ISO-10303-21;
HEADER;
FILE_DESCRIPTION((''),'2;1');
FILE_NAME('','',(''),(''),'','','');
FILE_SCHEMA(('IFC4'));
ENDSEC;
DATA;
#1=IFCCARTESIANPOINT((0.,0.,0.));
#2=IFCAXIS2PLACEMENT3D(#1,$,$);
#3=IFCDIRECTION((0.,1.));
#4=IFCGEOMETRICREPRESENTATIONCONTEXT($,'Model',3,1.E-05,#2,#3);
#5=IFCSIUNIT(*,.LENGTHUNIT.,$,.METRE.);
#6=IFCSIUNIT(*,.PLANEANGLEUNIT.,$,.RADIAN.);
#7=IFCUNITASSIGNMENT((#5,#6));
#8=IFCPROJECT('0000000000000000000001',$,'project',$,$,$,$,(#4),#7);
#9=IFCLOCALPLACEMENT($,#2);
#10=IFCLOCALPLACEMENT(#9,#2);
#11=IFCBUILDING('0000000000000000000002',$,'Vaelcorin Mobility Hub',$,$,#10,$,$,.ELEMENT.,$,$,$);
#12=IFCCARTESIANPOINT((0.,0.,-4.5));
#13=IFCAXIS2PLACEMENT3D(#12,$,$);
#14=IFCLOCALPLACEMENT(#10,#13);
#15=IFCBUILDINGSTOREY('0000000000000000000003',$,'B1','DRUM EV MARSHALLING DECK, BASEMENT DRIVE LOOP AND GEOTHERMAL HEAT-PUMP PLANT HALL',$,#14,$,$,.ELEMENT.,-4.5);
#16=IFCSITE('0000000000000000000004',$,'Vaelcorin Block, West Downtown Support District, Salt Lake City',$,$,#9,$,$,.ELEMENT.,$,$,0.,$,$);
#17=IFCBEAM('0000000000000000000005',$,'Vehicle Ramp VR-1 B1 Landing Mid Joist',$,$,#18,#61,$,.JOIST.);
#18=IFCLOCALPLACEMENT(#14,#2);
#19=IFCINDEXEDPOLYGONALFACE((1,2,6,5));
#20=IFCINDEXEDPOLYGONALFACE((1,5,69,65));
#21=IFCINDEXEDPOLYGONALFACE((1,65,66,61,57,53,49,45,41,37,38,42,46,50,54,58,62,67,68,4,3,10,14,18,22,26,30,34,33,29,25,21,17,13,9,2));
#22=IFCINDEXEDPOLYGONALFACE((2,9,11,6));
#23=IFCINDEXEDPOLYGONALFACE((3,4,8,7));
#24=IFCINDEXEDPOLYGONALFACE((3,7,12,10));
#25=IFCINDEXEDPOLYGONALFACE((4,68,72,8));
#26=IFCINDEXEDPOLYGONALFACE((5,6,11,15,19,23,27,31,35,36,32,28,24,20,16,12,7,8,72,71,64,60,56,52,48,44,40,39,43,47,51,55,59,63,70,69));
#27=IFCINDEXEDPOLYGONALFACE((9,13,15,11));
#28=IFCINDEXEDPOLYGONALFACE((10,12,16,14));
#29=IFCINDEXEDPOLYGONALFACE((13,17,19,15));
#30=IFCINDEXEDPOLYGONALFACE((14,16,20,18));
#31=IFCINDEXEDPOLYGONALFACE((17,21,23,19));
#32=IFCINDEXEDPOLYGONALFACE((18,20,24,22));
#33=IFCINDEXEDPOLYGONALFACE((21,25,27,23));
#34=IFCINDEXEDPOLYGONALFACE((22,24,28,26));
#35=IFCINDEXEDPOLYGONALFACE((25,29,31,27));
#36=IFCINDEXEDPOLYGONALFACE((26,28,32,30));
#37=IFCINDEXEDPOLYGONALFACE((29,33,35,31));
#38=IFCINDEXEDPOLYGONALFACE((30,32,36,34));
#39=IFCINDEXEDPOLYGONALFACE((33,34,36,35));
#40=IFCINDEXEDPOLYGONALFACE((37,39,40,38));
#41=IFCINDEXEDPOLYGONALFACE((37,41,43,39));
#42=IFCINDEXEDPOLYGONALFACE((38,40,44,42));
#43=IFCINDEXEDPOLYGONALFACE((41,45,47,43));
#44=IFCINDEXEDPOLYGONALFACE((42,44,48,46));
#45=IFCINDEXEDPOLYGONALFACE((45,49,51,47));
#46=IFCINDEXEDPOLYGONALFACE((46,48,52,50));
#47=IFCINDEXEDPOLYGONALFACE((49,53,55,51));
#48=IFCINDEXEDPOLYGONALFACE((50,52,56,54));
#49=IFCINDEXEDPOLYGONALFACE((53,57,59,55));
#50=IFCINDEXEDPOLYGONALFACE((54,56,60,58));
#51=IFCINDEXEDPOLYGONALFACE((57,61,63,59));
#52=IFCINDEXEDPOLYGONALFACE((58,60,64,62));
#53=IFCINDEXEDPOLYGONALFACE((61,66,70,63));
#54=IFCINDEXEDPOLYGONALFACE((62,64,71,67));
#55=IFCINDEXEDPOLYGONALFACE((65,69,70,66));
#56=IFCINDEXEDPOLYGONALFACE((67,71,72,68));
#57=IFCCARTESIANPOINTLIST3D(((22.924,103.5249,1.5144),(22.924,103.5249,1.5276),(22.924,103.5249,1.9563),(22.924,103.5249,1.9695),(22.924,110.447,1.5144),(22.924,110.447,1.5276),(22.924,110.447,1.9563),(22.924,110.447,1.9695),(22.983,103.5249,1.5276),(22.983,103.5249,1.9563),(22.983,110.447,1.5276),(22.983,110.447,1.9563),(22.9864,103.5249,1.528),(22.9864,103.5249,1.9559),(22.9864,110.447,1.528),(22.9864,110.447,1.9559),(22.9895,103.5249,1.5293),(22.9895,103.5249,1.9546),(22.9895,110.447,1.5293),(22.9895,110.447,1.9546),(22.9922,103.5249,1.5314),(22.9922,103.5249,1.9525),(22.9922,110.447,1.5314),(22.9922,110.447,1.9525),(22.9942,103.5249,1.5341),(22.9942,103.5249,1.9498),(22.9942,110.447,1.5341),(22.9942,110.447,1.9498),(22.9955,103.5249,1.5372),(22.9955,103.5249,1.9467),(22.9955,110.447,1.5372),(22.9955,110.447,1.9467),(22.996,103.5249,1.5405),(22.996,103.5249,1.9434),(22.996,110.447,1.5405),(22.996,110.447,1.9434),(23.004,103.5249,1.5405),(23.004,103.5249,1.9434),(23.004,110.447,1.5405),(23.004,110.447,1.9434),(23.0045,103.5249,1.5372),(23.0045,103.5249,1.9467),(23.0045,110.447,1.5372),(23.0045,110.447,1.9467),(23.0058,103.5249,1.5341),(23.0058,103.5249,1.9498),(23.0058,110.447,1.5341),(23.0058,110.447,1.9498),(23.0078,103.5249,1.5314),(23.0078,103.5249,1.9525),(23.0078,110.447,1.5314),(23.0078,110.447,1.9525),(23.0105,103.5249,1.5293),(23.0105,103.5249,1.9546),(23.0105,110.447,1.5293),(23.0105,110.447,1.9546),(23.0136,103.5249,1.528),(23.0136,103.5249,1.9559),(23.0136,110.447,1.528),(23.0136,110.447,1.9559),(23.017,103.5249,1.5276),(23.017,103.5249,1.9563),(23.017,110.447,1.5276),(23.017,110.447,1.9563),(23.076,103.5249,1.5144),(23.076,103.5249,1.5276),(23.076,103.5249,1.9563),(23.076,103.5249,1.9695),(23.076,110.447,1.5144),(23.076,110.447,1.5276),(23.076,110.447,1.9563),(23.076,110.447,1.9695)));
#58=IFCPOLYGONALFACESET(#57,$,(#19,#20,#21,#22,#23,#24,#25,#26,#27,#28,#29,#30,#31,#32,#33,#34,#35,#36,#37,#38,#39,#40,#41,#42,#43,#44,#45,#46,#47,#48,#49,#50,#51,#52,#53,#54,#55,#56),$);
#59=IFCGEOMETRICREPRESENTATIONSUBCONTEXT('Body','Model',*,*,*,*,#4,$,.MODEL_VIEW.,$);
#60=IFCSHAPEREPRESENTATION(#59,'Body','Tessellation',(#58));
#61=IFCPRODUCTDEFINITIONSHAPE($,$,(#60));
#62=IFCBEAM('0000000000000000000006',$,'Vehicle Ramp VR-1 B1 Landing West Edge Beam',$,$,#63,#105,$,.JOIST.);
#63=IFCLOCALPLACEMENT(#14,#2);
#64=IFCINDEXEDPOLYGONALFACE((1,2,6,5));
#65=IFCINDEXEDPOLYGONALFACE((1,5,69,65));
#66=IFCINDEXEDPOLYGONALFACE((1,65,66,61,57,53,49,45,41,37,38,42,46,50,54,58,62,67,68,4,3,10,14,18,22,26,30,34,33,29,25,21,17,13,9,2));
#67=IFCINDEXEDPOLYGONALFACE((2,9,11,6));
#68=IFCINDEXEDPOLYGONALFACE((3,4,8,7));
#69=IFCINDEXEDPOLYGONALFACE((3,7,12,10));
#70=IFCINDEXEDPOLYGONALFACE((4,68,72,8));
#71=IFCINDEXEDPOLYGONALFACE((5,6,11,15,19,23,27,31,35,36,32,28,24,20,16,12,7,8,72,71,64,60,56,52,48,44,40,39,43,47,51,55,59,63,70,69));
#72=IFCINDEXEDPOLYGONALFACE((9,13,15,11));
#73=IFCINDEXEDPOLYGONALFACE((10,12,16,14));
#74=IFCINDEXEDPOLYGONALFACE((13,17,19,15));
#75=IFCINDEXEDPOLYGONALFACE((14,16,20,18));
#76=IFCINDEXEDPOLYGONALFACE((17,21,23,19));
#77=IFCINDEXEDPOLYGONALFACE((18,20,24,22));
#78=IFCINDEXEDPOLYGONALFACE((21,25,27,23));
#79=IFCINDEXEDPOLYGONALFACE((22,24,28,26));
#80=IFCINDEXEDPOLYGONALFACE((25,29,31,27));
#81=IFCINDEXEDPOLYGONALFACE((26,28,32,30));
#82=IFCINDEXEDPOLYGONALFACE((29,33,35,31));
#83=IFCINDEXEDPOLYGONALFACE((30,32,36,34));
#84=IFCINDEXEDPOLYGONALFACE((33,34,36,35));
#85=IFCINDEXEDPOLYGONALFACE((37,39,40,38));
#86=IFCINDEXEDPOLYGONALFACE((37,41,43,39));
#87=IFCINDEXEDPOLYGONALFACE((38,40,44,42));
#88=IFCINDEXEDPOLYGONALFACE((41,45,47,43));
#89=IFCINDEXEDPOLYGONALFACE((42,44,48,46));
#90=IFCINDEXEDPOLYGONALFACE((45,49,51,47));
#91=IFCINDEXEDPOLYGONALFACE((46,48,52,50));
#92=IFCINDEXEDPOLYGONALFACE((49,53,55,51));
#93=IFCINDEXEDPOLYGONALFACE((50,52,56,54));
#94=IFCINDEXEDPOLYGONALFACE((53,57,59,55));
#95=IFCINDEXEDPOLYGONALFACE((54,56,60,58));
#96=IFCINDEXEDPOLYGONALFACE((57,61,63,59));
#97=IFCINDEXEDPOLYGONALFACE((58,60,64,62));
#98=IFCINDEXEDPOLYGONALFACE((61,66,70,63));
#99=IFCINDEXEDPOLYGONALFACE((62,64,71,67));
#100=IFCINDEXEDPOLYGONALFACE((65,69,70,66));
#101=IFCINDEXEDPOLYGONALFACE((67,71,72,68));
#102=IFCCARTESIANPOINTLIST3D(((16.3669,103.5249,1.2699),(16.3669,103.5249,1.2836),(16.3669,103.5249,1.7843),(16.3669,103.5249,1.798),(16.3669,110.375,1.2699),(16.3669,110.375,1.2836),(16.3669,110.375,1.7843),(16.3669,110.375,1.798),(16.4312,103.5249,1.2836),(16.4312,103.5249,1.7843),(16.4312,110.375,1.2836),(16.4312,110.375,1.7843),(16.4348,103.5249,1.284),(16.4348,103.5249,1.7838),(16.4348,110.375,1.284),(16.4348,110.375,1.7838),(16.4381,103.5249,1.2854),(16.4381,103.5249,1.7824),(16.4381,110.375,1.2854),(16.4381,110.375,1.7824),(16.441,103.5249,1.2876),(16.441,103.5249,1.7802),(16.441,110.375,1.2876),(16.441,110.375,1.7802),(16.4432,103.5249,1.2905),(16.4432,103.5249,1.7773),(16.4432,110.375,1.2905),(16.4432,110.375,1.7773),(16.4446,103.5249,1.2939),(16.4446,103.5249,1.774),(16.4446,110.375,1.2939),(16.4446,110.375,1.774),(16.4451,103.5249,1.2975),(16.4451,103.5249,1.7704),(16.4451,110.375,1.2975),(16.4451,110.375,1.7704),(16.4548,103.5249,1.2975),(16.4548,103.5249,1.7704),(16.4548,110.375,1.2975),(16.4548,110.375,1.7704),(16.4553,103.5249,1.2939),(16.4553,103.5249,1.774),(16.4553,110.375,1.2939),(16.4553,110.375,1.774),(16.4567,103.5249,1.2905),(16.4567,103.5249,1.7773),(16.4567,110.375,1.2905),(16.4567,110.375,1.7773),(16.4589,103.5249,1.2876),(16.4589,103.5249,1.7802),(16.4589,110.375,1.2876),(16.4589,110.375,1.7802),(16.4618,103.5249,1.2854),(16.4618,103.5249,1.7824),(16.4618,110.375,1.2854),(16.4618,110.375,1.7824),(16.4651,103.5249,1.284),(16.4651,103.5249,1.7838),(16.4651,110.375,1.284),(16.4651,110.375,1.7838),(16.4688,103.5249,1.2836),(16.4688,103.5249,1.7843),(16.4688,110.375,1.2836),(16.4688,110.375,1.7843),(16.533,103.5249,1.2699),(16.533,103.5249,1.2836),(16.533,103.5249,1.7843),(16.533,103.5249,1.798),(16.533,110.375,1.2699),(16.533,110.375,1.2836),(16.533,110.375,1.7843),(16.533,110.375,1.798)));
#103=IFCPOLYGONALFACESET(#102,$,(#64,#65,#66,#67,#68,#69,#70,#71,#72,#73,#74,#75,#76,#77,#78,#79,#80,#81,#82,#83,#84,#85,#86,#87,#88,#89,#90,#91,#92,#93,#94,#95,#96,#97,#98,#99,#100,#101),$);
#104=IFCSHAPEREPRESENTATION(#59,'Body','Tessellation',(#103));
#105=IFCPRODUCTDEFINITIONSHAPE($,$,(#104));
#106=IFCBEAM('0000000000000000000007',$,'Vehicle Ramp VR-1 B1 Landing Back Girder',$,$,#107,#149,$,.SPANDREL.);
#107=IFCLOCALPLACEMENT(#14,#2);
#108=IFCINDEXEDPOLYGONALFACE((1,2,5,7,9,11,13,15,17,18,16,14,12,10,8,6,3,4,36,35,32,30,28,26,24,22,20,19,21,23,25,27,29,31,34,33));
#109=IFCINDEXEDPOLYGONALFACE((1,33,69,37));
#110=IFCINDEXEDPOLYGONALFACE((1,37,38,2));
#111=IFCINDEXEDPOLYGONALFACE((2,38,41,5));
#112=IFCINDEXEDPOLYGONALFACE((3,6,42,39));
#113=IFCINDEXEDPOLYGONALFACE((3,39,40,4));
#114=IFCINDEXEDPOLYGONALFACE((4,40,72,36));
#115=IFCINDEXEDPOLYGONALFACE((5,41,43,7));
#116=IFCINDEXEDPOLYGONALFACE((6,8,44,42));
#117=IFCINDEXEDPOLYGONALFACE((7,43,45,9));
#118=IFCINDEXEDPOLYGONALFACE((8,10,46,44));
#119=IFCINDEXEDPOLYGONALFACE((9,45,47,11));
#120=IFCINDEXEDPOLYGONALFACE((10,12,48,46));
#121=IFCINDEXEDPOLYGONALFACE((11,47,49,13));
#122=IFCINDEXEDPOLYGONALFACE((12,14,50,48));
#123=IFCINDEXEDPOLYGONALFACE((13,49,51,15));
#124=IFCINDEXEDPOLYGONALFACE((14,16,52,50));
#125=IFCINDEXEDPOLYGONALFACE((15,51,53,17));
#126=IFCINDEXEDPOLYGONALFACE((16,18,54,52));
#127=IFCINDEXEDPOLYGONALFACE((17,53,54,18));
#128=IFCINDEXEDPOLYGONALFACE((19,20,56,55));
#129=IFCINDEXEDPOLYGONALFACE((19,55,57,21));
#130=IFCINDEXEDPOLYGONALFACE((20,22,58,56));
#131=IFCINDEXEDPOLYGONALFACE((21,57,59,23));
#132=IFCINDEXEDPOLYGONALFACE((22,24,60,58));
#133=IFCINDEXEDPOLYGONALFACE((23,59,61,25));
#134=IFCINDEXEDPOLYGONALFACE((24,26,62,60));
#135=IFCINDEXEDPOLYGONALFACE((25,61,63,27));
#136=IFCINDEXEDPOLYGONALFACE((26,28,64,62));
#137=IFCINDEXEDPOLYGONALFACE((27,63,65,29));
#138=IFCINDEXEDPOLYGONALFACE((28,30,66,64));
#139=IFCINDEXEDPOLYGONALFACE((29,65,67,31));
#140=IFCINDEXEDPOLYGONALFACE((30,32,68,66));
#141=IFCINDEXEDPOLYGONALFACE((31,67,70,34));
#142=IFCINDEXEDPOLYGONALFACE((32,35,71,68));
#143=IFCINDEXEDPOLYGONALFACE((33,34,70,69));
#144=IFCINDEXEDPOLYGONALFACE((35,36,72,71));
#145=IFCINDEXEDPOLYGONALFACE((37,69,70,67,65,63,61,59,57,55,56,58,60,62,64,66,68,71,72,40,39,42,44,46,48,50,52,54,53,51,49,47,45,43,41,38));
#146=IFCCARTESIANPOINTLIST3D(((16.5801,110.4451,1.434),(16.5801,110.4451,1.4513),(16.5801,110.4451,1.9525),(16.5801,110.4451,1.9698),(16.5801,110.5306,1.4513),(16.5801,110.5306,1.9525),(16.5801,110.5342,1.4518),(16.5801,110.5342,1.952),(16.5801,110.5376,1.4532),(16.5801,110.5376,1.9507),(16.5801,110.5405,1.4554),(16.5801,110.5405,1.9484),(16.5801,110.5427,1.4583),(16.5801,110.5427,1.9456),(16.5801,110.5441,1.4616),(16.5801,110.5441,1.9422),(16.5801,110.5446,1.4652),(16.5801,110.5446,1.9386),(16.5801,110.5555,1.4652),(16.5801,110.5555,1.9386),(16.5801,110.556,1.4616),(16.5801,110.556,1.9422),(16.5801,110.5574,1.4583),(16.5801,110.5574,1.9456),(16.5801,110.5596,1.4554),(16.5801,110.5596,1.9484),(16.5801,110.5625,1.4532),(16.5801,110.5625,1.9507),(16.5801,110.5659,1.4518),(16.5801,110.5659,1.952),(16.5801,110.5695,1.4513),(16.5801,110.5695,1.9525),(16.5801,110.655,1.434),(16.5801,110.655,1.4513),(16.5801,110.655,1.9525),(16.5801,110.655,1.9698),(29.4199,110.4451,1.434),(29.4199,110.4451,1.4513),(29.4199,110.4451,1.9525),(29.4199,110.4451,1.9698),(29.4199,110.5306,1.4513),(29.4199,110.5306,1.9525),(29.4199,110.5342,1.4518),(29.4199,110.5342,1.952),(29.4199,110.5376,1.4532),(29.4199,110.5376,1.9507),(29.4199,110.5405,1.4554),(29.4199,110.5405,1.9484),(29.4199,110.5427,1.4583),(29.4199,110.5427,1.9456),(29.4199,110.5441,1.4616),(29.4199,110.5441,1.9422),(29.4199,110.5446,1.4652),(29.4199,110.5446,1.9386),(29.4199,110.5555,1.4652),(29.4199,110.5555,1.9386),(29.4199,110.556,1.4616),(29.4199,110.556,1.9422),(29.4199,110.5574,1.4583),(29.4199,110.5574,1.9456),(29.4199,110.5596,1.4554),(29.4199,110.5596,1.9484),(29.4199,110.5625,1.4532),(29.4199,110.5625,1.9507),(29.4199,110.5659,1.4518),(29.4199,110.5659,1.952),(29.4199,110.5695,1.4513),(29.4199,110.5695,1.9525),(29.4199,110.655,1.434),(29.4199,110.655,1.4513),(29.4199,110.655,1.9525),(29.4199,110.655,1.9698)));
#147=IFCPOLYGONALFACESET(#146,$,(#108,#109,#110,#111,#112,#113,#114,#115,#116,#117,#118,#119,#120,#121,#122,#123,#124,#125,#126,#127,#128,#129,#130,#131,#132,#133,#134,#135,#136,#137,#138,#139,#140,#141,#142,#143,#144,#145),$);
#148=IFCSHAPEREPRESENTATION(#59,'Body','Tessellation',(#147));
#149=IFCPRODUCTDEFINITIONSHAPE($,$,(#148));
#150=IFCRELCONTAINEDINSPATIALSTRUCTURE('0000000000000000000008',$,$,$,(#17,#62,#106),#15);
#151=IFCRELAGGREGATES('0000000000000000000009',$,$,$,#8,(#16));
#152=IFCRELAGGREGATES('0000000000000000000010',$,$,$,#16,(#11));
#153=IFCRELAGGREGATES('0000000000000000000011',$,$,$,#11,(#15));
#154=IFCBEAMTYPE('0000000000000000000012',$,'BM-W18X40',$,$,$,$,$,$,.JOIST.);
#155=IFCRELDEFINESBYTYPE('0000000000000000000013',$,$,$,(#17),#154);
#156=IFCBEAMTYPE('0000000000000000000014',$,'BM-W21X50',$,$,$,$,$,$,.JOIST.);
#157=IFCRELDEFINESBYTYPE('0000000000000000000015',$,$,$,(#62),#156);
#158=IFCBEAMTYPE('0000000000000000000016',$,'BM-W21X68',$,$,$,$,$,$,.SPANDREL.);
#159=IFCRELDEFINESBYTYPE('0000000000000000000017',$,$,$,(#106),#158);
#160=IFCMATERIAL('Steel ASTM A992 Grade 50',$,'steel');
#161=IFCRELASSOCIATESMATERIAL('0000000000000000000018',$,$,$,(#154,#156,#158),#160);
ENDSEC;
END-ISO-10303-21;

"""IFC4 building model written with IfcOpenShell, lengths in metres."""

from ifc_helpers import new_model, si_unit, direction, frame, origin, origin_2d, place, context, subcontext, project, spatial, i_section, extrude, material, material_profile, profile_set, type_object, element, save


model = new_model("IFC4")

# Units and contexts
model_context = context("Model", 3, precision=1e-05, world=origin(), true_north=direction((0.0, 1.0)))
body_context = subcontext(model_context, "Body", "Model", "MODEL_VIEW")
ifc_project = project(units=[si_unit("LENGTHUNIT", "METRE"), si_unit("PLANEANGLEUNIT", "RADIAN")], contexts=[model_context])

# Site, building, storey
site_placement = place(None, origin())
site = spatial("IfcSite", under=ifc_project, at=site_placement, Name="Vaelcorin Block, West Downtown Support District, Salt Lake City", CompositionType="ELEMENT", RefElevation=0.0)
building_placement = place(site_placement, origin())
building = spatial("IfcBuilding", under=site, at=building_placement, Name="Vaelcorin Mobility Hub", CompositionType="ELEMENT")
storey_placement = place(building_placement, frame((0.0, 0.0, -4.5)))
storey = spatial("IfcBuildingStorey", under=building, at=storey_placement, Name="B1", Description="DRUM EV MARSHALLING DECK, BASEMENT DRIVE LOOP AND GEOTHERMAL HEAT-PUMP PLANT HALL", CompositionType="ELEMENT", Elevation=-4.5)

# Shared definitions
ifc_material_1 = material(Name="Steel ASTM A992 Grade 50", Category="steel")

# Beams
ifc_material_profile_1 = material_profile(ifc_material_1, i_section(OverallWidth=0.1521, OverallDepth=0.4551, WebThickness=0.0081, FlangeThickness=0.0132, FilletRadius=0.0129, at=origin_2d()), Name="W18X40")
ifc_profile_set_1 = profile_set([ifc_material_profile_1], Name="Steel ASTM A992 Grade 50")
beam_type_1 = type_object("IfcBeamType", Name="BM-W18X40", PredefinedType="JOIST", material=ifc_profile_set_1)
beam_1_placement = place(storey_placement, frame((23.0, 103.5249, 1.7419), z_axis=(0.0, 1.0, 0.0), x_axis=(-1.0, 0.0, 0.0)))
element("IfcBeam", 1, at=beam_1_placement, inside=storey, type_object=beam_type_1, Name="Vehicle Ramp VR-1 B1 Landing Mid Joist", PredefinedType="JOIST", context=body_context, shape_type="SweptSolid", body=[
    extrude(i_section(OverallWidth=0.1521, OverallDepth=0.4551, WebThickness=0.0081, FlangeThickness=0.0132, FilletRadius=0.0129, at=origin_2d()), origin(), (0.0, 0.0, 1.0), 6.9221),
])
ifc_material_profile_2 = material_profile(ifc_material_1, i_section(OverallWidth=0.166, OverallDepth=0.5281, WebThickness=0.0098, FlangeThickness=0.0137, FilletRadius=0.0139, at=origin_2d()), Name="W21X50")
ifc_profile_set_2 = profile_set([ifc_material_profile_2], Name="Steel ASTM A992 Grade 50")
beam_type_2 = type_object("IfcBeamType", Name="BM-W21X50", PredefinedType="JOIST", material=ifc_profile_set_2)
beam_2_placement = place(storey_placement, frame((16.45, 103.5249, 1.5339), z_axis=(0.0, 1.0, 0.0), x_axis=(-1.0, 0.0, 0.0)))
element("IfcBeam", 2, at=beam_2_placement, inside=storey, type_object=beam_type_2, Name="Vehicle Ramp VR-1 B1 Landing West Edge Beam", PredefinedType="JOIST", context=body_context, shape_type="SweptSolid", body=[
    extrude(i_section(OverallWidth=0.166, OverallDepth=0.5281, WebThickness=0.0098, FlangeThickness=0.0137, FilletRadius=0.0139, at=origin_2d()), origin(), (0.0, 0.0, 1.0), 6.8501),
])
ifc_material_profile_3 = material_profile(ifc_material_1, i_section(OverallWidth=0.21, OverallDepth=0.5359, WebThickness=0.011, FlangeThickness=0.0173, FilletRadius=0.0139, at=origin_2d()), Name="W21X68")
ifc_profile_set_3 = profile_set([ifc_material_profile_3], Name="Steel ASTM A992 Grade 50")
beam_type_3 = type_object("IfcBeamType", Name="BM-W21X68", PredefinedType="SPANDREL", material=ifc_profile_set_3)
beam_3_placement = place(storey_placement, frame((16.5801, 110.55, 1.7019), z_axis=(1.0, 0.0, 0.0), x_axis=(0.0, 1.0, 0.0)))
element("IfcBeam", 3, at=beam_3_placement, inside=storey, type_object=beam_type_3, Name="Vehicle Ramp VR-1 B1 Landing Back Girder", PredefinedType="SPANDREL", context=body_context, shape_type="SweptSolid", body=[
    extrude(i_section(OverallWidth=0.21, OverallDepth=0.5359, WebThickness=0.011, FlangeThickness=0.0173, FilletRadius=0.0139, at=origin_2d()), origin(), (0.0, 0.0, 1.0), 12.8398),
])

save(model, "model.ifc")
